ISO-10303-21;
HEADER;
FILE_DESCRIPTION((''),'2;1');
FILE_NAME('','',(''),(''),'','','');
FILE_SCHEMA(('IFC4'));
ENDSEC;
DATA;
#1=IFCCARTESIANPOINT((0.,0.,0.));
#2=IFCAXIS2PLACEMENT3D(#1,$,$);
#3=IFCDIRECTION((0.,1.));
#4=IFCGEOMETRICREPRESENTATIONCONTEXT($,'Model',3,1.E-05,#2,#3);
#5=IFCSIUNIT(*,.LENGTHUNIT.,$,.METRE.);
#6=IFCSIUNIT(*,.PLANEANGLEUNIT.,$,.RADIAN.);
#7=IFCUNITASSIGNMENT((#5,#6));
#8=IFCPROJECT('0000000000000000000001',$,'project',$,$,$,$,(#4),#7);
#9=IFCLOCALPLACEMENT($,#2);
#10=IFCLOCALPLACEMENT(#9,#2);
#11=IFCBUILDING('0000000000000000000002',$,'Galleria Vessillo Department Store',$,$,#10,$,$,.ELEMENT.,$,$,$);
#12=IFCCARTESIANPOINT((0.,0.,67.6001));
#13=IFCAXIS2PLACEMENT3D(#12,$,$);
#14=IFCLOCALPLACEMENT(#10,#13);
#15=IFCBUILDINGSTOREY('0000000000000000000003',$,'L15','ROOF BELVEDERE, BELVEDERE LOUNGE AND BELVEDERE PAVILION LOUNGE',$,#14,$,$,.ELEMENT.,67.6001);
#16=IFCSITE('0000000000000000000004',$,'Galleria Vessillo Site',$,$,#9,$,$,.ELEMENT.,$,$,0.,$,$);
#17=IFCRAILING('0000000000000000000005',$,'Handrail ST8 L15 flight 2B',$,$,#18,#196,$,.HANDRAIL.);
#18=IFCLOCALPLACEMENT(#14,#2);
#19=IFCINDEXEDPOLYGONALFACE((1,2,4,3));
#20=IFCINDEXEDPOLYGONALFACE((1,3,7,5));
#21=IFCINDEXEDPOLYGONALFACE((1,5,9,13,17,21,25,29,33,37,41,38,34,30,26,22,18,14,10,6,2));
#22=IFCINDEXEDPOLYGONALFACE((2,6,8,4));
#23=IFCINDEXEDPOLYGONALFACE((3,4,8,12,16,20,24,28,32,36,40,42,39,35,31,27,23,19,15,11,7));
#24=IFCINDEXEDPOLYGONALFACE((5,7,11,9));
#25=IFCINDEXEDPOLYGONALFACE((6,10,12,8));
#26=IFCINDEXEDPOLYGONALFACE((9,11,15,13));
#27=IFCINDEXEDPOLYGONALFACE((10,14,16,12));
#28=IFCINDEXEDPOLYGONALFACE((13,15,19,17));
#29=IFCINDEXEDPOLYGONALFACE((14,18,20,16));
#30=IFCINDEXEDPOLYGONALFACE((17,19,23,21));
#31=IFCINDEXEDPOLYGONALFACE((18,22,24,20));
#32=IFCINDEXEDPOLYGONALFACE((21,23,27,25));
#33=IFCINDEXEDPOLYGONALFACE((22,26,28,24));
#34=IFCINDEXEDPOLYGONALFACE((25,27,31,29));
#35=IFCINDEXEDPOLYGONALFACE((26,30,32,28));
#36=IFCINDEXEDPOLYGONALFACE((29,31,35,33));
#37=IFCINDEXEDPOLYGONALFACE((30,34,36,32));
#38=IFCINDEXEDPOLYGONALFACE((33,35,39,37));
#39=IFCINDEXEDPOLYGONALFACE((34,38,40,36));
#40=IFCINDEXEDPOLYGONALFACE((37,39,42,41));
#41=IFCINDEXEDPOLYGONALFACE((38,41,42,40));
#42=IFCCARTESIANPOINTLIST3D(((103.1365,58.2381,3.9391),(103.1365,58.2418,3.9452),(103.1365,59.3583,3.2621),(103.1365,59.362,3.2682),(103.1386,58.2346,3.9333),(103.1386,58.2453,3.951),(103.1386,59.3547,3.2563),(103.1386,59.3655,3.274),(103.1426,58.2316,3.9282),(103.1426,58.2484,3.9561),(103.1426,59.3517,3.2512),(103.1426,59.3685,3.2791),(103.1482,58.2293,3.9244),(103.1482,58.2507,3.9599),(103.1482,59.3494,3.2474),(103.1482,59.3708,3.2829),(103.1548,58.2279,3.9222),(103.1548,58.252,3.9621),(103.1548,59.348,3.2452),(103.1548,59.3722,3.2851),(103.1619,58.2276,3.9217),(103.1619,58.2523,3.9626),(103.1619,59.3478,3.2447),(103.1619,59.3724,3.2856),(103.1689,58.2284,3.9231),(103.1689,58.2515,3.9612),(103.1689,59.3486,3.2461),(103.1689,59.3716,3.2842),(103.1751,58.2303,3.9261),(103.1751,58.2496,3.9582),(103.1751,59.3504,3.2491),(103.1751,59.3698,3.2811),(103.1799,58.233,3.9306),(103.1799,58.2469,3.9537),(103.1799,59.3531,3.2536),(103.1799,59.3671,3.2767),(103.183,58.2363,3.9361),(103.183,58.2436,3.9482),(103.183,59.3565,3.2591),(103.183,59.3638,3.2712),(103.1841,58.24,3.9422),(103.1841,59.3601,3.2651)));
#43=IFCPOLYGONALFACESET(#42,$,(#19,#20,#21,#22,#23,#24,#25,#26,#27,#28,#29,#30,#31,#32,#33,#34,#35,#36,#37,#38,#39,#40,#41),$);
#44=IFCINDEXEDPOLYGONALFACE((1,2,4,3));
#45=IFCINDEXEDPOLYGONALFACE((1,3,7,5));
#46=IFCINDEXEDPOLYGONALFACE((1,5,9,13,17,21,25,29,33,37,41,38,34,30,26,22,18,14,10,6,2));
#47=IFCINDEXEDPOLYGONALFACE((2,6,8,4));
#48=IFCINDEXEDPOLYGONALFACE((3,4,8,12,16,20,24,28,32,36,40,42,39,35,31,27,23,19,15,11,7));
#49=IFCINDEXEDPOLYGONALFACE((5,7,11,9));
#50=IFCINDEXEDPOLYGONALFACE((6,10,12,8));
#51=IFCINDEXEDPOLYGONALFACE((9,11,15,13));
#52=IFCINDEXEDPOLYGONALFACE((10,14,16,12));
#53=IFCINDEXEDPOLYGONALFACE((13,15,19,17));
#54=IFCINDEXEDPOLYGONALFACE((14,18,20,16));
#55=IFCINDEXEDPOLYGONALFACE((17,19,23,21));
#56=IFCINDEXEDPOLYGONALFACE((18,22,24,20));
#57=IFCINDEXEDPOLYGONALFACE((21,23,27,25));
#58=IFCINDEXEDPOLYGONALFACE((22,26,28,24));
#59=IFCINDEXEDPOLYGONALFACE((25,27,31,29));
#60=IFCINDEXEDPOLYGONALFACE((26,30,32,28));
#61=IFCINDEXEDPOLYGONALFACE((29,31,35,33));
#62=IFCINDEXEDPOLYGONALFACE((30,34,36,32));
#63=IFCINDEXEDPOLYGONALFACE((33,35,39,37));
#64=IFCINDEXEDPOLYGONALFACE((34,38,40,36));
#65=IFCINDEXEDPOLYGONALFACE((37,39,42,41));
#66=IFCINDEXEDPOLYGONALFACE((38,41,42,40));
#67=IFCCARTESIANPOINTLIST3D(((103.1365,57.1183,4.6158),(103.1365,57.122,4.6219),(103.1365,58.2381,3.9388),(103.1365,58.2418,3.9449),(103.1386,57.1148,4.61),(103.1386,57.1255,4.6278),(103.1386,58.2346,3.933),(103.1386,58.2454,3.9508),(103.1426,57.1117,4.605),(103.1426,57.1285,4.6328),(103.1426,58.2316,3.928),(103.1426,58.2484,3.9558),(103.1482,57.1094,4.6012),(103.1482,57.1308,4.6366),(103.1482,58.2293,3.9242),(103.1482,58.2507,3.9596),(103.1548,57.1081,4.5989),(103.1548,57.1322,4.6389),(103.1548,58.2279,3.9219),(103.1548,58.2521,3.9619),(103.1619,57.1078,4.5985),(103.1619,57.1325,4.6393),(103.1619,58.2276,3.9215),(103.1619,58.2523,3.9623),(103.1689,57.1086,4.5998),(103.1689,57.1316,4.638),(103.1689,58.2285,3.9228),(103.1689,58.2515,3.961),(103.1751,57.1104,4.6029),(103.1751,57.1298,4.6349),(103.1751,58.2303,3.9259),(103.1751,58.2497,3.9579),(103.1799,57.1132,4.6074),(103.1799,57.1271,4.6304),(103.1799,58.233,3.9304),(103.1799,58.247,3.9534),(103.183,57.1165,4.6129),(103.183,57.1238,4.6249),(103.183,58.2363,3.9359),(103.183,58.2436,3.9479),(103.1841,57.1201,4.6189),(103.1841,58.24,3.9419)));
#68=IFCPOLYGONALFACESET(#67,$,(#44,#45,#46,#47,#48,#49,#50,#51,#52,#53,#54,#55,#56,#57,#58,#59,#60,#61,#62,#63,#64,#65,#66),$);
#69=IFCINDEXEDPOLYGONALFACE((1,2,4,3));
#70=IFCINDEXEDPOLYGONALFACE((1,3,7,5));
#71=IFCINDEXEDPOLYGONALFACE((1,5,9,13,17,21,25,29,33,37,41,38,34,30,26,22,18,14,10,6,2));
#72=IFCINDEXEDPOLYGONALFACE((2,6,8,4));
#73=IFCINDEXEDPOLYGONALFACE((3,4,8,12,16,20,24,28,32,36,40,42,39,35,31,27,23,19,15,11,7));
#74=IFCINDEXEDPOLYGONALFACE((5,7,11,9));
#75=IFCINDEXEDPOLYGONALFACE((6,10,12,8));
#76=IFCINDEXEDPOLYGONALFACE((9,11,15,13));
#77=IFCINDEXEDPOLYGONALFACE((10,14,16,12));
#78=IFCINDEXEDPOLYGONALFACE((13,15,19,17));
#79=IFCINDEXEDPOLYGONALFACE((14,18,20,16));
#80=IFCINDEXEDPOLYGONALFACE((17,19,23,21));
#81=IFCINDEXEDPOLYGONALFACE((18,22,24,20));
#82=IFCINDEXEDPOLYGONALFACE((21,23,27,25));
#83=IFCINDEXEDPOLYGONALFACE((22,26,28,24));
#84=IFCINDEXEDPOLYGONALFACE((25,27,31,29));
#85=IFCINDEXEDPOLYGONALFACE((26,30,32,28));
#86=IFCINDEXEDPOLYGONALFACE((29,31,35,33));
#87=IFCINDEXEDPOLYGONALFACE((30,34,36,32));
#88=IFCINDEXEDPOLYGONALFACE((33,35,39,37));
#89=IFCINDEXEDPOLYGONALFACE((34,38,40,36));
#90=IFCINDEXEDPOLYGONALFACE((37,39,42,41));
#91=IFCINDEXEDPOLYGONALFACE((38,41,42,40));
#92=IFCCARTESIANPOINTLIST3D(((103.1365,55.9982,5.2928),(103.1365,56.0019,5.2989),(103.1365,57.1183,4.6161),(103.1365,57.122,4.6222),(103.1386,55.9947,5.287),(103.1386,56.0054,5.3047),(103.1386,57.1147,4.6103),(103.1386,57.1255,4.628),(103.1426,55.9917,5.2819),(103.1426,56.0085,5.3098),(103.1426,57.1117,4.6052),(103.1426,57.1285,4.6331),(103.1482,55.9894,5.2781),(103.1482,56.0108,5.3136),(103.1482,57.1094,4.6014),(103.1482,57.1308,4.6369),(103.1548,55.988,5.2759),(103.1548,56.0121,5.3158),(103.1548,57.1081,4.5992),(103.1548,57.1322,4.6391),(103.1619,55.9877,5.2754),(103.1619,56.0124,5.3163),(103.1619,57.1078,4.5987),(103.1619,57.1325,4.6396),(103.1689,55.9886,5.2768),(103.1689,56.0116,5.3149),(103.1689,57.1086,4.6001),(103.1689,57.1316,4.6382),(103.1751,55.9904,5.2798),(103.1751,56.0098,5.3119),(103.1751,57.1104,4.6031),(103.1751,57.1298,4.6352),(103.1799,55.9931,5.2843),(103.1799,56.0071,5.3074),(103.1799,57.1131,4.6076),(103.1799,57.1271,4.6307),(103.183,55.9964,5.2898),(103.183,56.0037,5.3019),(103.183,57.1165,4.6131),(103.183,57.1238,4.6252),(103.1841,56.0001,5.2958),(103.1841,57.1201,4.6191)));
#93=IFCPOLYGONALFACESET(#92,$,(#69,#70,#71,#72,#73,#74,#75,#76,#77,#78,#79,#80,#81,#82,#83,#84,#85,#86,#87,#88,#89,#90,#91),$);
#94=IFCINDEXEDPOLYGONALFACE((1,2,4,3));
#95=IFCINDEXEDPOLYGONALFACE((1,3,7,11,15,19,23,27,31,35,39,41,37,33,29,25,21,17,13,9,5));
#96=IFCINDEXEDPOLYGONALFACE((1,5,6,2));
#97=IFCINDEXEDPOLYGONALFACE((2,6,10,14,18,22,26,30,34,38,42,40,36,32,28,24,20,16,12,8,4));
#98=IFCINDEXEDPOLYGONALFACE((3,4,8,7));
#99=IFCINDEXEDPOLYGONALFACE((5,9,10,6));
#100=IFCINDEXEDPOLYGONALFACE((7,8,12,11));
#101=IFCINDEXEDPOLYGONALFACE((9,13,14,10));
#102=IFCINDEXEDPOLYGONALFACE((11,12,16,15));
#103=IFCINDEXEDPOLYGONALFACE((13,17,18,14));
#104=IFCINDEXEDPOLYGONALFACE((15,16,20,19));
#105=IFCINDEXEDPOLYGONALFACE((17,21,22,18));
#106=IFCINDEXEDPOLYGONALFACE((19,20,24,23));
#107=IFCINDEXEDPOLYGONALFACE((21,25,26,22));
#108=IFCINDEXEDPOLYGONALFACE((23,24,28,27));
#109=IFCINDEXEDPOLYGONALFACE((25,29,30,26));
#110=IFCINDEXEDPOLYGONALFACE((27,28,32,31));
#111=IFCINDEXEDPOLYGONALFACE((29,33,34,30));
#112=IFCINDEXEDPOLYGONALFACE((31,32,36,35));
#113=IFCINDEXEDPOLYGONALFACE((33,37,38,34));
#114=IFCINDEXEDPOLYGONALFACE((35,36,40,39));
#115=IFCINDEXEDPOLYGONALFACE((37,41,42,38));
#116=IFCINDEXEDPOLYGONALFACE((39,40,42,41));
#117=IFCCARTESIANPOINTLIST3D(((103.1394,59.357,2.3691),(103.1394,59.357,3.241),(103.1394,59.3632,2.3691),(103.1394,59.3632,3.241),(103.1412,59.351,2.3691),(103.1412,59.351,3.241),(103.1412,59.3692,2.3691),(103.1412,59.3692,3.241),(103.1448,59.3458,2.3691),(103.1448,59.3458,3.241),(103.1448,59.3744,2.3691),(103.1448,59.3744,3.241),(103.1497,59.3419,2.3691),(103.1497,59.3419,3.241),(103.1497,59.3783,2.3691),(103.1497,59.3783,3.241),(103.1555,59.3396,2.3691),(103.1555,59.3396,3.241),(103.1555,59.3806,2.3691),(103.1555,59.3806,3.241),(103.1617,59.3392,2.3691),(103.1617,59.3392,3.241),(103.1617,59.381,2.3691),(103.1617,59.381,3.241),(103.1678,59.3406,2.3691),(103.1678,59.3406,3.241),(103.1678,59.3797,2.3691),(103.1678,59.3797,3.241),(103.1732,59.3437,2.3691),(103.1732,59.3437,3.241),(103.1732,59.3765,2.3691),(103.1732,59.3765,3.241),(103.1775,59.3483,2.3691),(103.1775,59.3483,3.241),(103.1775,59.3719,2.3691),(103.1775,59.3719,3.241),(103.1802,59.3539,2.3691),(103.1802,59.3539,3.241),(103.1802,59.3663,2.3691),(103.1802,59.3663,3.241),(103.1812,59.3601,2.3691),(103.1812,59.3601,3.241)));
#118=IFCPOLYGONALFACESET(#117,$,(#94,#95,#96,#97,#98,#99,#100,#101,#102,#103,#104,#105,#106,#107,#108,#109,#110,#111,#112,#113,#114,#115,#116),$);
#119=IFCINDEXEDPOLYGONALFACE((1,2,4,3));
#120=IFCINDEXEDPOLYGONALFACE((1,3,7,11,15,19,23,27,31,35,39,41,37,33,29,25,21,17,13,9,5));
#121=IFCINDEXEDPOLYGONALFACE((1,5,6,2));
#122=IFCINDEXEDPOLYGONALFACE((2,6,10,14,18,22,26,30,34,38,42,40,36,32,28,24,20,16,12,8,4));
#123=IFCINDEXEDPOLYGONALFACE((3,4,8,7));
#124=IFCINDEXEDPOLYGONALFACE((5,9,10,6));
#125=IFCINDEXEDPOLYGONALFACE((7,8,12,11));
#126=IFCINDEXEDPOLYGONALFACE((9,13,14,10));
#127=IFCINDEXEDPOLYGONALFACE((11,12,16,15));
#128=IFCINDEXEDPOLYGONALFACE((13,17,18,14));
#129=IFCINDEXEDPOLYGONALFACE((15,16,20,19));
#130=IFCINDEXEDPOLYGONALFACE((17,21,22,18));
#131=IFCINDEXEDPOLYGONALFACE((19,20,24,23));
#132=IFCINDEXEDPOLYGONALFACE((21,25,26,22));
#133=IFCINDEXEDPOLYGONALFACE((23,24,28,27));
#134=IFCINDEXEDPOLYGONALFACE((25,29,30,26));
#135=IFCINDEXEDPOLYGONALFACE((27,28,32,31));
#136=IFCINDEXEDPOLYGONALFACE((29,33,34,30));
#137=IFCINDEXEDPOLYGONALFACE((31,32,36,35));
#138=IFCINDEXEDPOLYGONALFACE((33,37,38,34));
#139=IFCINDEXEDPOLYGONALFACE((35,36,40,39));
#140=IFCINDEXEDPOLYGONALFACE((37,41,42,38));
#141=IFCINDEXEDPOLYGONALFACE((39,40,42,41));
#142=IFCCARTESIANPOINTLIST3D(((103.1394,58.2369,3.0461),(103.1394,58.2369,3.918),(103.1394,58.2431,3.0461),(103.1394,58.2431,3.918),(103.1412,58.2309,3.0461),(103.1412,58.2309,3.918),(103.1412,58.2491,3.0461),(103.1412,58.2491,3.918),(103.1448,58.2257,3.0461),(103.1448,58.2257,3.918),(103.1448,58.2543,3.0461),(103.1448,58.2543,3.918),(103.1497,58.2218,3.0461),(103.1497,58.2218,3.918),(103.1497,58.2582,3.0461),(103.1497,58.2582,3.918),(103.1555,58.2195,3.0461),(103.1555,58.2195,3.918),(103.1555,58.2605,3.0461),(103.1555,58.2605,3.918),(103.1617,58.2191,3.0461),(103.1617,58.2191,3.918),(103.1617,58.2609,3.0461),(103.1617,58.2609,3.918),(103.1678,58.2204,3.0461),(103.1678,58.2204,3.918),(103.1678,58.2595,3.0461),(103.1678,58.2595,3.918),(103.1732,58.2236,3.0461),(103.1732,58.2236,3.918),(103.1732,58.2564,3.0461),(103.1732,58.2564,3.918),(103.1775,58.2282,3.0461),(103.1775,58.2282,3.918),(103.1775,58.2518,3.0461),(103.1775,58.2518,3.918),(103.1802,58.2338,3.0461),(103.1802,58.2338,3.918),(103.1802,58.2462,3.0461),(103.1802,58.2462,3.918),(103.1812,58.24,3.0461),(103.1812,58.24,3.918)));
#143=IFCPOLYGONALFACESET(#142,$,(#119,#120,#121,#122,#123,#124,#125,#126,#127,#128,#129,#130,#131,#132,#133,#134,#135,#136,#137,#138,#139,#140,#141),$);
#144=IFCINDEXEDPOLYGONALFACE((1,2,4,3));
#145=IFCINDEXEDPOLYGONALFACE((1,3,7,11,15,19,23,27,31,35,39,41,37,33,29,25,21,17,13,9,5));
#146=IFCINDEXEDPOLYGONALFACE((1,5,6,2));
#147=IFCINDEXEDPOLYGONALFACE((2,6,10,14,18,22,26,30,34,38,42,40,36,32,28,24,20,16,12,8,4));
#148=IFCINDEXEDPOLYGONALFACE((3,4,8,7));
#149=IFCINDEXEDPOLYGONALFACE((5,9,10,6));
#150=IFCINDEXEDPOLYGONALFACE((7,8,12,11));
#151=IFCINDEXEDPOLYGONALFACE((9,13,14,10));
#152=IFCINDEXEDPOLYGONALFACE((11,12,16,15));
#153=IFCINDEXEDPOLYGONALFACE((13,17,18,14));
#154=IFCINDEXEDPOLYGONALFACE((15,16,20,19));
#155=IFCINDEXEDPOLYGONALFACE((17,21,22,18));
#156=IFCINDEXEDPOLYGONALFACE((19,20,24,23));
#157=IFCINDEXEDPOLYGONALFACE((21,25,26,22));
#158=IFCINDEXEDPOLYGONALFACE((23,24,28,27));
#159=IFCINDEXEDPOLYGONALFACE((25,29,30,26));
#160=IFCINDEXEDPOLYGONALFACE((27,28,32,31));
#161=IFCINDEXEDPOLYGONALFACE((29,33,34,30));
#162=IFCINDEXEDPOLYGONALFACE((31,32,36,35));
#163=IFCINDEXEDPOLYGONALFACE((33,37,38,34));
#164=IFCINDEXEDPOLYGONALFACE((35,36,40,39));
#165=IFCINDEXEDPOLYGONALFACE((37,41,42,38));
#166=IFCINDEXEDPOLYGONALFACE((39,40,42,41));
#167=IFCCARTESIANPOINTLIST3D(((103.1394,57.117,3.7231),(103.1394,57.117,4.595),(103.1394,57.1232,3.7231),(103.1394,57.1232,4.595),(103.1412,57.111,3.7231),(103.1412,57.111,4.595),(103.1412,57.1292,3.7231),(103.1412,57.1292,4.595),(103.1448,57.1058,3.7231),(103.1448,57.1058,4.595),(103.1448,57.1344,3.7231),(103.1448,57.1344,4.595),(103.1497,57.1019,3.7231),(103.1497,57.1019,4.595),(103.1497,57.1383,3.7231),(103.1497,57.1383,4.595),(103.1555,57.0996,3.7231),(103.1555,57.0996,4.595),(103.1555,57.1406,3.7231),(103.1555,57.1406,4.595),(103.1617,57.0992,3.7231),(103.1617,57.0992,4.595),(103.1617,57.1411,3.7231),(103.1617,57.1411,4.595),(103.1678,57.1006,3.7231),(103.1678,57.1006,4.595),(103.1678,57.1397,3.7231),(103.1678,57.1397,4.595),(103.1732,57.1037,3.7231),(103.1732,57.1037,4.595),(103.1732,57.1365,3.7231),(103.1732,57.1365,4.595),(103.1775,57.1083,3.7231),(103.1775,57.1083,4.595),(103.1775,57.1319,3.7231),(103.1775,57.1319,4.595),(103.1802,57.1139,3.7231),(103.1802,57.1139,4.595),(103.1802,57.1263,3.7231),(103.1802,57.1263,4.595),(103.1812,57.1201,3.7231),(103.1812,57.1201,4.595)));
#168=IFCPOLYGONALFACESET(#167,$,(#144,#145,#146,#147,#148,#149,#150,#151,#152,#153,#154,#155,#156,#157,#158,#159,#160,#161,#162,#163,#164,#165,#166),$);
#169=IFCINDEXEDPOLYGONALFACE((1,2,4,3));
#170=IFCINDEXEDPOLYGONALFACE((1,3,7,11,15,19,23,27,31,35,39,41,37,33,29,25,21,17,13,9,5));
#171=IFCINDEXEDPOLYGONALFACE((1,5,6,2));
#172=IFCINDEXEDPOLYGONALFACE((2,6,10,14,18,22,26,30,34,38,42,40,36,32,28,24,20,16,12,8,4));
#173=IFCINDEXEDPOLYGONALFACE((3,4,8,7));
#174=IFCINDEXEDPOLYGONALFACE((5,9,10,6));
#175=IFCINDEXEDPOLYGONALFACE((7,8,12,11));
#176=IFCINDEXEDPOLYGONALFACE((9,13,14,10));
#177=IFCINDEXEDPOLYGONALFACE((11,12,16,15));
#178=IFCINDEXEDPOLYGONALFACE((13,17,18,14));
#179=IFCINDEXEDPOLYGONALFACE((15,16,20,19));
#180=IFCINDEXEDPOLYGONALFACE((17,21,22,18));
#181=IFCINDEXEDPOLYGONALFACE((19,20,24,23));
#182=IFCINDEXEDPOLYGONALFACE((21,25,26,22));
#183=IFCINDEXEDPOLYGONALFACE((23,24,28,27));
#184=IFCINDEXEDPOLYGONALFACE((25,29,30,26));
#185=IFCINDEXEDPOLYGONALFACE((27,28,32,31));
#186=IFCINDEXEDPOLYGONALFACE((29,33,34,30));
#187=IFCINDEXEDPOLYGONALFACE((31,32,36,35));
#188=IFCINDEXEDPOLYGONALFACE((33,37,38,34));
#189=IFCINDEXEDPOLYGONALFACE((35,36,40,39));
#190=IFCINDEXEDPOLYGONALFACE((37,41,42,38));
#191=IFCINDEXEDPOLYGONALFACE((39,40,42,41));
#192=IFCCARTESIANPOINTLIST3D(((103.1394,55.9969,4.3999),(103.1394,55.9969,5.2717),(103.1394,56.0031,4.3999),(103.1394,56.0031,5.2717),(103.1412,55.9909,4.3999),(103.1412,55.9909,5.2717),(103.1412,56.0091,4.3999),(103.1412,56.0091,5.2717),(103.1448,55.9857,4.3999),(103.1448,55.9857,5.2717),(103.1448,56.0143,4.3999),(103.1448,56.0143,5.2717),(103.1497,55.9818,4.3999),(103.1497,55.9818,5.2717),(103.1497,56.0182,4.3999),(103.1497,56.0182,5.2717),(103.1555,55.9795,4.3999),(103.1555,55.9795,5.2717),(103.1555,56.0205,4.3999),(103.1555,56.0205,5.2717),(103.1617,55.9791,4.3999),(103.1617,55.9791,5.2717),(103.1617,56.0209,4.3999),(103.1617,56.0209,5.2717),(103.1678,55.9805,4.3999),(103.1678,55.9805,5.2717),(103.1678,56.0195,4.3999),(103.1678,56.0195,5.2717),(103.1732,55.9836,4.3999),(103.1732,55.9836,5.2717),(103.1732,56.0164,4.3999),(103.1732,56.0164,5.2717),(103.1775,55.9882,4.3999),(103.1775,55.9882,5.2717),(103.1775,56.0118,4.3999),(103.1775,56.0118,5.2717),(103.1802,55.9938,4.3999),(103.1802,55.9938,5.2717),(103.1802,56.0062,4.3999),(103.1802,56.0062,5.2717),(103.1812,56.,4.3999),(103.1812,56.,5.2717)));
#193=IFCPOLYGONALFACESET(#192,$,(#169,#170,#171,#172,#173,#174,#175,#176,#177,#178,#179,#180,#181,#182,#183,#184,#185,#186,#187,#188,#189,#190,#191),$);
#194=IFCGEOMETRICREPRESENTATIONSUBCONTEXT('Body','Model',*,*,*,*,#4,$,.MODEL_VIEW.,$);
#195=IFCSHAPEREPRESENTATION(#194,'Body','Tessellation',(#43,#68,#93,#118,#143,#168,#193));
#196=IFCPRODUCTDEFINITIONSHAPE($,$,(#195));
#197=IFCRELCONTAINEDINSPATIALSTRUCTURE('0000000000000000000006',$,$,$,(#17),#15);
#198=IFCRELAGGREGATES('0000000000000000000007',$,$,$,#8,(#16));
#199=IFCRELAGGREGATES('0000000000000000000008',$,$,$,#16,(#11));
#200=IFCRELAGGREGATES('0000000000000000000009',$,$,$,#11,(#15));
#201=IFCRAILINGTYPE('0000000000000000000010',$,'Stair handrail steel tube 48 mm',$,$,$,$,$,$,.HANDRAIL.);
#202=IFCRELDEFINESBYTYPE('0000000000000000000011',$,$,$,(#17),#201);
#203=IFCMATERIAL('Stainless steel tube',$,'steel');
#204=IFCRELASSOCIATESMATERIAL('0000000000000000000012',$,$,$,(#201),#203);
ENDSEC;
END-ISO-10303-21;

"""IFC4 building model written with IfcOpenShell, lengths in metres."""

from ifc_helpers import new_model, si_unit, direction, frame, origin, origin_2d, place, context, subcontext, project, spatial, circle, extrude, material, type_object, element, save


model = new_model("IFC4")

# Units and contexts
model_context = context("Model", 3, precision=1e-05, world=origin(), true_north=direction((0.0, 1.0)))
body_context = subcontext(model_context, "Body", "Model", "MODEL_VIEW")
ifc_project = project(units=[si_unit("LENGTHUNIT", "METRE"), si_unit("PLANEANGLEUNIT", "RADIAN")], contexts=[model_context])

# Site, building, storey
site_placement = place(None, origin())
site = spatial("IfcSite", under=ifc_project, at=site_placement, Name="Galleria Vessillo Site", CompositionType="ELEMENT", RefElevation=0.0)
building_placement = place(site_placement, origin())
building = spatial("IfcBuilding", under=site, at=building_placement, Name="Galleria Vessillo Department Store", CompositionType="ELEMENT")
storey_placement = place(building_placement, frame((0.0, 0.0, 67.6001)))
storey = spatial("IfcBuildingStorey", under=building, at=storey_placement, Name="L15", Description="ROOF BELVEDERE, BELVEDERE LOUNGE AND BELVEDERE PAVILION LOUNGE", CompositionType="ELEMENT", Elevation=67.6001)

# Railing
ifc_material_1 = material(Name="Stainless steel tube", Category="steel")
railing_type = type_object("IfcRailingType", Name="Stair handrail steel tube 48 mm", PredefinedType="HANDRAIL", material=ifc_material_1)
for number, where, name in (
    (1, (103.1602, 59.3601, 2.3691), "Handrail ST8 L15 flight 2B"),
):
    element("IfcRailing", number, at=place(storey_placement, frame(where)), inside=storey, type_object=railing_type, Name=name, PredefinedType="HANDRAIL", context=body_context, shape_type="SweptSolid", body=[
        extrude(circle(Radius=0.0239, at=origin_2d()), frame((0.0, 0.0, 0.896), z_axis=(0.0, -0.855826, 0.517264), x_axis=(1.0, 0.0, 0.0)), (0.0, 0.0, 1.0), 1.3088),
        extrude(circle(Radius=0.0239, at=origin_2d()), frame((0.0, -1.1201, 1.5728), z_axis=(0.0, -0.855776, 0.517346), x_axis=(1.0, 0.0, 0.0)), (0.0, 0.0, 1.0), 1.3086),
        extrude(circle(Radius=0.0239, at=origin_2d()), frame((0.0, -2.24, 2.25), z_axis=(0.0, -0.855909, 0.517127), x_axis=(1.0, 0.0, 0.0)), (0.0, 0.0, 1.0), 1.3086),
        extrude(circle(Radius=0.021, at=origin_2d()), origin(), (0.0, 0.0, 1.0), 0.8718),
        extrude(circle(Radius=0.021, at=origin_2d()), frame((0.0, -1.1201, 0.677)), (0.0, 0.0, 1.0), 0.8718),
        extrude(circle(Radius=0.021, at=origin_2d()), frame((0.0, -2.24, 1.354)), (0.0, 0.0, 1.0), 0.8718),
        extrude(circle(Radius=0.021, at=origin_2d()), frame((0.0, -3.3601, 2.0308)), (0.0, 0.0, 1.0), 0.8718),
    ])

save(model, "model.ifc")
